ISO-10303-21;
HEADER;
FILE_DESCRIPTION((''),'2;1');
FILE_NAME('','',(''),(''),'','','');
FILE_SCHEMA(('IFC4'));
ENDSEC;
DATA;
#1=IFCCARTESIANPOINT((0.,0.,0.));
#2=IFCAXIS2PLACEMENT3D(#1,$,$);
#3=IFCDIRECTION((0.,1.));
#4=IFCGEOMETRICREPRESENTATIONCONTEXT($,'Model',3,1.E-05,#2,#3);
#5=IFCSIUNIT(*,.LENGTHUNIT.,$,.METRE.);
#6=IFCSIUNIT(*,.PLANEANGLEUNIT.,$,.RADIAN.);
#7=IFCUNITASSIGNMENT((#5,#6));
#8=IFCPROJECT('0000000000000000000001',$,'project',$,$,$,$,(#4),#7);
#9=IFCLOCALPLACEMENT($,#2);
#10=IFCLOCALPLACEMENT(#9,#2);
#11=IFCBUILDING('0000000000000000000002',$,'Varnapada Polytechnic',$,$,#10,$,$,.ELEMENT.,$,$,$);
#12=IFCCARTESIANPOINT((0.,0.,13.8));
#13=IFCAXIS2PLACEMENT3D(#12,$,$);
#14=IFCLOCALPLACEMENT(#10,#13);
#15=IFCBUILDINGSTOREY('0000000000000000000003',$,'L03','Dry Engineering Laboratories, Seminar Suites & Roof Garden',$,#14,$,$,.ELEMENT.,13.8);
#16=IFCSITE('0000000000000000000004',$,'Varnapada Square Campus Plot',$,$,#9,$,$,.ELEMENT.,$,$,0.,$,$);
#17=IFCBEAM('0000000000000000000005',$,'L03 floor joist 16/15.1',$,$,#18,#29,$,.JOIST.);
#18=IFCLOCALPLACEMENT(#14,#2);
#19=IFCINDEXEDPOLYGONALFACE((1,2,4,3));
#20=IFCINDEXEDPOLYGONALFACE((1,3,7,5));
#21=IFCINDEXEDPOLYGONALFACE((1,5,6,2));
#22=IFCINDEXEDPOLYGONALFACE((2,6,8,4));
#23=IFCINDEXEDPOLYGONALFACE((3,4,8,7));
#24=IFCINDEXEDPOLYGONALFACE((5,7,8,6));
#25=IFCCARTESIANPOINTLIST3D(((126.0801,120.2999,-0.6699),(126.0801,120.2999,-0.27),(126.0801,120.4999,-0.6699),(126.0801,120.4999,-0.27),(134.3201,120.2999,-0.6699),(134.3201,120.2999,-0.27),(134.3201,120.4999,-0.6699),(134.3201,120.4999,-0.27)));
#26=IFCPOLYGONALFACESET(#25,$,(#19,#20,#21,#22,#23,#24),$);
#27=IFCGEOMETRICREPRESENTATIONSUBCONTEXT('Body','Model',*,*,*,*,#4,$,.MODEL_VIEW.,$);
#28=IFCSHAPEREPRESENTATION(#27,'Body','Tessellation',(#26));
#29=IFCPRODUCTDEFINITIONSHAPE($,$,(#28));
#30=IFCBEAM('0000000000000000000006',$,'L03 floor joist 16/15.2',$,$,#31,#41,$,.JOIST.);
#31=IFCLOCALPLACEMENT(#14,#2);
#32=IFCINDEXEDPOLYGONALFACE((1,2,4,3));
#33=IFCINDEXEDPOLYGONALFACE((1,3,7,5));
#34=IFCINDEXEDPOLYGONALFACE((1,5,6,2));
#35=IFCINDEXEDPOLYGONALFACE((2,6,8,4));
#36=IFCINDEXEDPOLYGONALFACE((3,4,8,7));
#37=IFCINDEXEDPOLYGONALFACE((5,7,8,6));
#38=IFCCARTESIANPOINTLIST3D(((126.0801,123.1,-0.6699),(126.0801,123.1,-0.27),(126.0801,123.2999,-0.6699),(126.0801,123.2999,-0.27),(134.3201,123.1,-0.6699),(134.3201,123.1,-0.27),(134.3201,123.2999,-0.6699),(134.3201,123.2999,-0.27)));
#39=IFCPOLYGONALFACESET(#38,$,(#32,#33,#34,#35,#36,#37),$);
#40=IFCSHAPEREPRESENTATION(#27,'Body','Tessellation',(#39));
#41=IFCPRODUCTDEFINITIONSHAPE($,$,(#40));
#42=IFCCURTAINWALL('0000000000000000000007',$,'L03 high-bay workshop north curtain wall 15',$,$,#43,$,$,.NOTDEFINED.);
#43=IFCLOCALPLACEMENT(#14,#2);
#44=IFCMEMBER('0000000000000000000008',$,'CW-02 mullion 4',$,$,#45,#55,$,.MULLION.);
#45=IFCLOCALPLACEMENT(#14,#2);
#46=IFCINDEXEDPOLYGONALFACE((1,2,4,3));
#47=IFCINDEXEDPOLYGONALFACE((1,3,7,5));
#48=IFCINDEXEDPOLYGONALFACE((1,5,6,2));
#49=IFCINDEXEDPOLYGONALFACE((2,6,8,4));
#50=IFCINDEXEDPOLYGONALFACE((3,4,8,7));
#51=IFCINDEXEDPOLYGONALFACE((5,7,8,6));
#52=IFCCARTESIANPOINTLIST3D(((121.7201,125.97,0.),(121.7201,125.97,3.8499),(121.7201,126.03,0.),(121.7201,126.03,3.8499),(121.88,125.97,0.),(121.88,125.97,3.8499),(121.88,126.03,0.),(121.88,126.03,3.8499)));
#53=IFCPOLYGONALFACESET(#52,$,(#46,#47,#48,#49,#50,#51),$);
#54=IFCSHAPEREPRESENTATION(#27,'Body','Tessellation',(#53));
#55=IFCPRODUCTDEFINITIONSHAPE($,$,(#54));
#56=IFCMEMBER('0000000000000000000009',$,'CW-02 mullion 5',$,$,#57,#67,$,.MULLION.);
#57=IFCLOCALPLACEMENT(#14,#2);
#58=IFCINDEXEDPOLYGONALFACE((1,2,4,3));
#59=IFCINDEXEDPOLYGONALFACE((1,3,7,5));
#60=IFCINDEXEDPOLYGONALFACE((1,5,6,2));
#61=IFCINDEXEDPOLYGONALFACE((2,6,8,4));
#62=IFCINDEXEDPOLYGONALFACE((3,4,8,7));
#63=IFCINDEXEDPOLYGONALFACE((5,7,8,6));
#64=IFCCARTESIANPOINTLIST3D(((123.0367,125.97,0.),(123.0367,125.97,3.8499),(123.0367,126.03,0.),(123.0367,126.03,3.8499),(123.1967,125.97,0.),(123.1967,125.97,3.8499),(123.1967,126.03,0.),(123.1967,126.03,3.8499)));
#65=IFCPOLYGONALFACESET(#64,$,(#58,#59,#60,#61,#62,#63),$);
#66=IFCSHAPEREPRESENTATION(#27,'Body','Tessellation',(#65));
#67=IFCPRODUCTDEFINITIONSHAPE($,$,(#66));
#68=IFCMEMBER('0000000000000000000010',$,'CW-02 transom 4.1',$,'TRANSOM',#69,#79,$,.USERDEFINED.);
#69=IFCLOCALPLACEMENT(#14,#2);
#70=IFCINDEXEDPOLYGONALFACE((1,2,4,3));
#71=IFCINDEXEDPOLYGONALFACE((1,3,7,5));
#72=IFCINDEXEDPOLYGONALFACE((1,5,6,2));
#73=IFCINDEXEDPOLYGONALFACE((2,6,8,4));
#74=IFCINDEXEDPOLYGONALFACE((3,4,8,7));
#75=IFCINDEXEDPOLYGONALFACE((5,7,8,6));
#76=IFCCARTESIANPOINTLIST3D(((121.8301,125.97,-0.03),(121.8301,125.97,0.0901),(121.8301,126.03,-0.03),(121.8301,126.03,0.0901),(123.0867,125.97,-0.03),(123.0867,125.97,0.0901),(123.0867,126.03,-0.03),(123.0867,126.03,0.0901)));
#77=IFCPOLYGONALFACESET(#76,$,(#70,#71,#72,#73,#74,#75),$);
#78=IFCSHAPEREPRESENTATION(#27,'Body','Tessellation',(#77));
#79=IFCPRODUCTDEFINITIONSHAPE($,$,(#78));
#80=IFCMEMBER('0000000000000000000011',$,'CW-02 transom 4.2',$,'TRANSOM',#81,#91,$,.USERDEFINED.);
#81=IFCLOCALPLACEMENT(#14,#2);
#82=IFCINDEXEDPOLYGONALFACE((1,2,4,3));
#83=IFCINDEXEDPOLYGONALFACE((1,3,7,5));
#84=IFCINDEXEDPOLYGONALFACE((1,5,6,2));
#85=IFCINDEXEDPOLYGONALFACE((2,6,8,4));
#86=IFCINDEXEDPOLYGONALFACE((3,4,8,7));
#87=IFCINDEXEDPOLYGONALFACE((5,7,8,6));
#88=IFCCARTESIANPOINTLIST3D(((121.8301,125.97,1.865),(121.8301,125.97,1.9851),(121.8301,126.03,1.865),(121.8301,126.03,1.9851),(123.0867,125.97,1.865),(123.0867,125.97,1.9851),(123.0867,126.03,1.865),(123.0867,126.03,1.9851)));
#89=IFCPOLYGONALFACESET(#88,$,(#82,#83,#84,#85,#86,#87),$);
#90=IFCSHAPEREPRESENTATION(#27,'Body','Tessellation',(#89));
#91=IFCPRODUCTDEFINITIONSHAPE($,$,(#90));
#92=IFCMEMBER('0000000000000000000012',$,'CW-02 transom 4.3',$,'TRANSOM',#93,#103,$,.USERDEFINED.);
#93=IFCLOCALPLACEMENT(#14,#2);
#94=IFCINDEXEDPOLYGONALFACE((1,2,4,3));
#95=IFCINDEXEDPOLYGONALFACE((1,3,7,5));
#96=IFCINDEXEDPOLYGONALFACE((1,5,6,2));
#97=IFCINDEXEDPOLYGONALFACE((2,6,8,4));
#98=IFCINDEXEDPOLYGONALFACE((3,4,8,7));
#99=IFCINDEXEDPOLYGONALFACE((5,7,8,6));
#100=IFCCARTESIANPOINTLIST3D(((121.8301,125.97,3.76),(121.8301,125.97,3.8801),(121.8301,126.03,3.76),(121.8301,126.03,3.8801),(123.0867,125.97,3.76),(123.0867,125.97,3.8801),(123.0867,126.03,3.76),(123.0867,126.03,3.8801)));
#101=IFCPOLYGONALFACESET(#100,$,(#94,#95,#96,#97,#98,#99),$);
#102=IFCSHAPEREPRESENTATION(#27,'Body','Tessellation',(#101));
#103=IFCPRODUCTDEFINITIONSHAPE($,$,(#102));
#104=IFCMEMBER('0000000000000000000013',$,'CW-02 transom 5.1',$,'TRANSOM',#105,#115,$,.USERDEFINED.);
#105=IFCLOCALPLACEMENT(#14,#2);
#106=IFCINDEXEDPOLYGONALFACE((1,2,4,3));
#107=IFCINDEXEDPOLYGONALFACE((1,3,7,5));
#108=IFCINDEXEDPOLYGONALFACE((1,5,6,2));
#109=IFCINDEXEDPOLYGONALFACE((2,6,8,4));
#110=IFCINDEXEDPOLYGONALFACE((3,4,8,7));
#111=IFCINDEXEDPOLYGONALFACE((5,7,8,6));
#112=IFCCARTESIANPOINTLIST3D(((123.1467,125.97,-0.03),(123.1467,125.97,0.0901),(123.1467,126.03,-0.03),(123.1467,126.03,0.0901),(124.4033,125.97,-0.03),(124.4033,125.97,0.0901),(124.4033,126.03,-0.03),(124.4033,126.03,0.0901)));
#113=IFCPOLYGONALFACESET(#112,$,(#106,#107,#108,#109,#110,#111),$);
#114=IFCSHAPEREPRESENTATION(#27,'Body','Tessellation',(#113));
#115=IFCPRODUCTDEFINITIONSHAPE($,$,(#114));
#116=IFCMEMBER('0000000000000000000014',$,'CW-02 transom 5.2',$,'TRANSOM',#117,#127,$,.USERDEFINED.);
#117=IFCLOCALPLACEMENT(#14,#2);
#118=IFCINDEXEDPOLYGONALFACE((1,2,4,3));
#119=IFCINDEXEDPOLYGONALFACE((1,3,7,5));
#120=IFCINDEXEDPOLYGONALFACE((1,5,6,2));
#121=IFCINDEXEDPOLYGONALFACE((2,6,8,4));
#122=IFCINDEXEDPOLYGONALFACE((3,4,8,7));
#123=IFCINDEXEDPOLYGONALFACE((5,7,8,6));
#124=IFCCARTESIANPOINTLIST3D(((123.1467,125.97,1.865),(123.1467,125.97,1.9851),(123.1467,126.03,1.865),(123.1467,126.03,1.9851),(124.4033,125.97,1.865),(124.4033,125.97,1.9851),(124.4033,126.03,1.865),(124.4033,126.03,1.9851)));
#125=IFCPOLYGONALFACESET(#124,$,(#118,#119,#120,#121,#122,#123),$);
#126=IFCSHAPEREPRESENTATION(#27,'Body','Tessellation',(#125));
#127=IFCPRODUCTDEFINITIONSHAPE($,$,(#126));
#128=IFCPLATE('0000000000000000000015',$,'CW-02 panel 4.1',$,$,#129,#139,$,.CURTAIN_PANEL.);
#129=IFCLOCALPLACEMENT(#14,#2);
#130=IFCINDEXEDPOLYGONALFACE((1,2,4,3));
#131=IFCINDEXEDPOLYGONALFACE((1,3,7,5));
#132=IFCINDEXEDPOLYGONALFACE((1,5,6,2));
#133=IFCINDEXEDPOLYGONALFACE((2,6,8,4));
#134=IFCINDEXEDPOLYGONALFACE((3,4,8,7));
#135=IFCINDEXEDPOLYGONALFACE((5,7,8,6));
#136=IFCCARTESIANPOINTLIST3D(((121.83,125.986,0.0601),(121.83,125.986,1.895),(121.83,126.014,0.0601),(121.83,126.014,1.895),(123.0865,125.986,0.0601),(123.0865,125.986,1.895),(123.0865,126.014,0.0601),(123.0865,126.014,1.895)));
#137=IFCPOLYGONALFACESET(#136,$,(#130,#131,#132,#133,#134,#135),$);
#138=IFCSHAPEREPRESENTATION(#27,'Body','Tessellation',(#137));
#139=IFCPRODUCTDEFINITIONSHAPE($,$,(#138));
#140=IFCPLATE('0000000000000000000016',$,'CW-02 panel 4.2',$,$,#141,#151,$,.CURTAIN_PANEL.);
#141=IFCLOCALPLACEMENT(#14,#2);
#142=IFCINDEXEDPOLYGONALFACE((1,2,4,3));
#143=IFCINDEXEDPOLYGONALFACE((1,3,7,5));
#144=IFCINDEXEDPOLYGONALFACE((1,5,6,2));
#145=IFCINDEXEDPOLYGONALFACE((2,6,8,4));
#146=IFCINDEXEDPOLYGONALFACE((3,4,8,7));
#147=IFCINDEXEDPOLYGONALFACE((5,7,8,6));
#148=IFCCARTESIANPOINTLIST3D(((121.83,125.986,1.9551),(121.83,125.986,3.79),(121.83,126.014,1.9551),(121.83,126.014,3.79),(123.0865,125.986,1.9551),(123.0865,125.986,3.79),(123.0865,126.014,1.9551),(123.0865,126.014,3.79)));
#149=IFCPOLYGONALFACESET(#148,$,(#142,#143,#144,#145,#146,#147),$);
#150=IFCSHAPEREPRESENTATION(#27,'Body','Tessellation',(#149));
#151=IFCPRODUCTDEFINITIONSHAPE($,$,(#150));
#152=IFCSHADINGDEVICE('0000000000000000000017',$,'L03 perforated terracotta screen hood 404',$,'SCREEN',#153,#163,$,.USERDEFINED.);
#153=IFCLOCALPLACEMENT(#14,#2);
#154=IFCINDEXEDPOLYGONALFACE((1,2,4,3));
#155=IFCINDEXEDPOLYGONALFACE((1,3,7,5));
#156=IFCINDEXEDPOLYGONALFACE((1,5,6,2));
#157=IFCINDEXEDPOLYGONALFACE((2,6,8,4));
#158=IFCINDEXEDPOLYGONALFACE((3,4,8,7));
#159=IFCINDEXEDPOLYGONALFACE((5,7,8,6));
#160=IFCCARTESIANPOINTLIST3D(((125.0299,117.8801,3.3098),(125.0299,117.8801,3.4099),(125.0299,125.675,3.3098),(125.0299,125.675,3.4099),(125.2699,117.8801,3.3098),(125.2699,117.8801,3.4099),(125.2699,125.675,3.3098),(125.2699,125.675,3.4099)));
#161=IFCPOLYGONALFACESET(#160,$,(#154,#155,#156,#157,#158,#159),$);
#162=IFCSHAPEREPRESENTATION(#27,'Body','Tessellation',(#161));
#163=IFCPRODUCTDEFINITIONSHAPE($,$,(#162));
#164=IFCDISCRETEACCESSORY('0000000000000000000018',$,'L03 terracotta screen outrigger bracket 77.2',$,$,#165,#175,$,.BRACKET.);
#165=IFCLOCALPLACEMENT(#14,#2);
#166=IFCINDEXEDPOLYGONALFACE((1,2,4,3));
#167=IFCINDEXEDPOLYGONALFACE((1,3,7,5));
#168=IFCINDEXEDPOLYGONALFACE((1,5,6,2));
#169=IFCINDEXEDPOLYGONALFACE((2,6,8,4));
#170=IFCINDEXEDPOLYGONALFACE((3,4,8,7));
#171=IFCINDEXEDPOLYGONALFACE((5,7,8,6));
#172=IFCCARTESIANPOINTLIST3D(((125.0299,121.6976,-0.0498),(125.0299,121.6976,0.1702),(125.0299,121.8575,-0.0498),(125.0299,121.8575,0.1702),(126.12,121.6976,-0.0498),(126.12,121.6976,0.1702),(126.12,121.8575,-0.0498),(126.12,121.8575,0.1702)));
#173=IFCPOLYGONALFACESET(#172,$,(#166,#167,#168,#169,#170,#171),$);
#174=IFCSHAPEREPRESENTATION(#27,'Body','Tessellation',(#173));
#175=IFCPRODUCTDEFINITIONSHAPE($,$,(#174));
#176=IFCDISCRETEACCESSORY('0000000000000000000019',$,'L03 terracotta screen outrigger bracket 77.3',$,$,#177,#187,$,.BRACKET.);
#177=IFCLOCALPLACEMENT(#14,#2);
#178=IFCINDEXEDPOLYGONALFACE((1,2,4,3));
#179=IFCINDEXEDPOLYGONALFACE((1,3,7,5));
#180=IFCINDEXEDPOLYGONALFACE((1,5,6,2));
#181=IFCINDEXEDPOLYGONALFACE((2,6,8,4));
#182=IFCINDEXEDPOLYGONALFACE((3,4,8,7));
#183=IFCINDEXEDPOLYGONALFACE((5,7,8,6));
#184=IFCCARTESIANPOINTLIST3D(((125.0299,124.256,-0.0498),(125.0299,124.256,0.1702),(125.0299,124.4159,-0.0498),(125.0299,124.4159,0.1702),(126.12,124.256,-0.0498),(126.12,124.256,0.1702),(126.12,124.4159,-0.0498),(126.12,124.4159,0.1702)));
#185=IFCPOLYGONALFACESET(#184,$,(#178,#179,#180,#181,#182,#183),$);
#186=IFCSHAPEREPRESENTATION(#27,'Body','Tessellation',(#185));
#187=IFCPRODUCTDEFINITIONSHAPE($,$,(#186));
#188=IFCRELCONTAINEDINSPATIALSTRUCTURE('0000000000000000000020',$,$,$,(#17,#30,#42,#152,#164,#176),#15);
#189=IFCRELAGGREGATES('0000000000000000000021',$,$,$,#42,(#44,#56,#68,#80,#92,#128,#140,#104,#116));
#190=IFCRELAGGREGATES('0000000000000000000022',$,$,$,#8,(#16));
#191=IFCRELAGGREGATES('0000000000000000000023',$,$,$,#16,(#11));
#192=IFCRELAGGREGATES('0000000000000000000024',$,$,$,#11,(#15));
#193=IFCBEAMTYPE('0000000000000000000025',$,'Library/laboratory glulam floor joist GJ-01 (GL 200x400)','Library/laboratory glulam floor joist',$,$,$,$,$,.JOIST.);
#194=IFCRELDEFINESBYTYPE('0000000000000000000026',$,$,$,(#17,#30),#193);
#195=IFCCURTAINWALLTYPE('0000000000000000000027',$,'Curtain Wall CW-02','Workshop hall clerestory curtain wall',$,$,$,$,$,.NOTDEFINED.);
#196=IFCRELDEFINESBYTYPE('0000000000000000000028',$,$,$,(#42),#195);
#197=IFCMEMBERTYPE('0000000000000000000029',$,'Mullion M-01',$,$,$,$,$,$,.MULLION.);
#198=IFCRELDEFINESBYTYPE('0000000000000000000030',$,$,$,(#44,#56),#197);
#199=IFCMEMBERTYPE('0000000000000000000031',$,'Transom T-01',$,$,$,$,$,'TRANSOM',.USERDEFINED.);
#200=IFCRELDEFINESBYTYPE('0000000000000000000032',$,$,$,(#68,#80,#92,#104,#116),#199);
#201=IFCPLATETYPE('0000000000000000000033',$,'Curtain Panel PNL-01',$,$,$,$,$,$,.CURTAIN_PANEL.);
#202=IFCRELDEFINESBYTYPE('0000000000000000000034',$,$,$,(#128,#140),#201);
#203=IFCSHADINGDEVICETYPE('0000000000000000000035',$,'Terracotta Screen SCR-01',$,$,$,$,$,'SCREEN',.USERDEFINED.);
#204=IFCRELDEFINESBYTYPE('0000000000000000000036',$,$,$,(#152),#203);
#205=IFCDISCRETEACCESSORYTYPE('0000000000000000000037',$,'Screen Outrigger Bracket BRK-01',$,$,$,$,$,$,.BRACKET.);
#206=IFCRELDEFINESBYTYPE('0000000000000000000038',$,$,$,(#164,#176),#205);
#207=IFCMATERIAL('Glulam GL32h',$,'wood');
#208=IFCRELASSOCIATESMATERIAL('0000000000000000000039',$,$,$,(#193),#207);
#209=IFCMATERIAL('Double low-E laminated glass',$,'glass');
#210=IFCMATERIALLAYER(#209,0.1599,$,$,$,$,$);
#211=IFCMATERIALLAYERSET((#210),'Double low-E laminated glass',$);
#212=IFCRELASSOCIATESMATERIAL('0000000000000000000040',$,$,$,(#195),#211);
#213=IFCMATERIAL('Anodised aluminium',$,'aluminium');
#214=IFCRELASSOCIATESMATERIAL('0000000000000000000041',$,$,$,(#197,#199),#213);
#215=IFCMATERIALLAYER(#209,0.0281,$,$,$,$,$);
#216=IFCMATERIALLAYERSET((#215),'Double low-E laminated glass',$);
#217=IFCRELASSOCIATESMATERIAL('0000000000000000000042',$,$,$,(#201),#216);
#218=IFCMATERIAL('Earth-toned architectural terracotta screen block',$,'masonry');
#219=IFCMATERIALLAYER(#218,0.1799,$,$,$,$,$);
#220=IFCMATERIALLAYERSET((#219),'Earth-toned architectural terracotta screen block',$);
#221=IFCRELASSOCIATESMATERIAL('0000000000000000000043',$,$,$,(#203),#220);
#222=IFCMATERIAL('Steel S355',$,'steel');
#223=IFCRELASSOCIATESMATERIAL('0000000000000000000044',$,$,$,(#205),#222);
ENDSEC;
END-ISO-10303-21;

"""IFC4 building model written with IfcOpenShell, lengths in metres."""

from ifc_helpers import new_model, si_unit, direction, frame, origin, origin_2d, place, context, subcontext, project, spatial, rectangle, extrude, material, layer, layer_set, material_profile, profile_set, type_object, element, aggregate, save


model = new_model("IFC4")

# Units and contexts
model_context = context("Model", 3, precision=1e-05, world=origin(), true_north=direction((0.0, 1.0)))
body_context = subcontext(model_context, "Body", "Model", "MODEL_VIEW")
ifc_project = project(units=[si_unit("LENGTHUNIT", "METRE"), si_unit("PLANEANGLEUNIT", "RADIAN")], contexts=[model_context])

# Site, building, storey
site_placement = place(None, origin())
site = spatial("IfcSite", under=ifc_project, at=site_placement, Name="Varnapada Square Campus Plot", CompositionType="ELEMENT", RefElevation=0.0)
building_placement = place(site_placement, origin())
building = spatial("IfcBuilding", under=site, at=building_placement, Name="Varnapada Polytechnic", CompositionType="ELEMENT")
storey_placement = place(building_placement, frame((0.0, 0.0, 13.8)))
storey = spatial("IfcBuildingStorey", under=building, at=storey_placement, Name="L03", Description="Dry Engineering Laboratories, Seminar Suites & Roof Garden", CompositionType="ELEMENT", Elevation=13.8)

# Beams
ifc_material_1 = material(Name="Glulam GL32h", Category="wood")
ifc_material_profile_1 = material_profile(ifc_material_1, rectangle(XDim=0.2, YDim=0.3999, at=origin_2d()), Name="GL 200x400")
ifc_profile_set_1 = profile_set([ifc_material_profile_1], Name="Glulam GL32h")
beam_type = type_object("IfcBeamType", Name="Library/laboratory glulam floor joist GJ-01 (GL 200x400)", Description="Library/laboratory glulam floor joist", PredefinedType="JOIST", material=ifc_profile_set_1)
for number, where, z_axis, x_axis, name in (
    (1, (126.0801, 120.3999, -0.47), (1.0, 0.0, 0.0), (0.0, 1.0, 0.0), "L03 floor joist 16/15.1"),
    (2, (126.0801, 123.2, -0.47), (1.0, 0.0, 0.0), (0.0, 1.0, 0.0), "L03 floor joist 16/15.2"),
):
    element("IfcBeam", number, at=place(storey_placement, frame(where, z_axis=z_axis, x_axis=x_axis)), inside=storey, type_object=beam_type, Name=name, PredefinedType="JOIST", context=body_context, shape_type="SweptSolid", body=[
        extrude(rectangle(XDim=0.2, YDim=0.3999, at=origin_2d()), origin(), (0.0, 0.0, 1.0), 8.24),
    ])

# Curtain wall, members, plates
ifc_material_2 = material(Name="Double low-E laminated glass", Category="glass")
ifc_layer_1 = layer(ifc_material_2, 0.1599)
ifc_layer_set_1 = layer_set([ifc_layer_1], Name="Double low-E laminated glass")
curtain_wall_type = type_object("IfcCurtainWallType", Name="Curtain Wall CW-02", Description="Workshop hall clerestory curtain wall", PredefinedType="NOTDEFINED", material=ifc_layer_set_1)
curtain_wall_placement = place(storey_placement, origin())
curtain_wall = element("IfcCurtainWall", 3, at=curtain_wall_placement, inside=storey, type_object=curtain_wall_type, Name="L03 high-bay workshop north curtain wall 15", PredefinedType="NOTDEFINED")
ifc_material_3 = material(Name="Anodised aluminium", Category="aluminium")
ifc_material_profile_2 = material_profile(ifc_material_3, rectangle(XDim=0.0601, YDim=0.1599, at=origin_2d()), Name="ALU M60x160")
ifc_profile_set_2 = profile_set([ifc_material_profile_2], Name="Anodised aluminium")
member_type_1 = type_object("IfcMemberType", Name="Mullion M-01", PredefinedType="MULLION", material=ifc_profile_set_2)
member_1_placement = place(storey_placement, frame((121.8, 126.0, 0.0), z_axis=(0.0, 0.0, 1.0), x_axis=(0.0, 1.0, 0.0)))
member_1 = element("IfcMember", 4, at=member_1_placement, type_object=member_type_1, Name="CW-02 mullion 4", PredefinedType="MULLION", context=body_context, shape_type="SweptSolid", body=[
    extrude(rectangle(XDim=0.0601, YDim=0.1599, at=origin_2d()), origin(), (0.0, 0.0, 1.0), 3.8499),
])
member_2_placement = place(storey_placement, frame((123.1167, 126.0, 0.0), z_axis=(0.0, 0.0, 1.0), x_axis=(0.0, 1.0, 0.0)))
member_2 = element("IfcMember", 5, at=member_2_placement, type_object=member_type_1, Name="CW-02 mullion 5", PredefinedType="MULLION", context=body_context, shape_type="SweptSolid", body=[
    extrude(rectangle(XDim=0.0601, YDim=0.1599, at=origin_2d()), origin(), (0.0, 0.0, 1.0), 3.8499),
])
ifc_material_profile_3 = material_profile(ifc_material_3, rectangle(XDim=0.0601, YDim=0.1201, at=origin_2d()), Name="ALU T60x120")
ifc_profile_set_3 = profile_set([ifc_material_profile_3], Name="Anodised aluminium")
member_type_2 = type_object("IfcMemberType", Name="Transom T-01", ElementType="TRANSOM", PredefinedType="USERDEFINED", material=ifc_profile_set_3)
member_3_placement = place(storey_placement, frame((121.8301, 126.0, 0.03), z_axis=(1.0, 0.0, 0.0), x_axis=(0.0, 1.0, 0.0)))
member_3 = element("IfcMember", 6, at=member_3_placement, type_object=member_type_2, Name="CW-02 transom 4.1", ObjectType="TRANSOM", PredefinedType="USERDEFINED", context=body_context, shape_type="SweptSolid", body=[
    extrude(rectangle(XDim=0.0601, YDim=0.1201, at=origin_2d()), origin(), (0.0, 0.0, 1.0), 1.2566),
])
member_4_placement = place(storey_placement, frame((121.8301, 126.0, 1.925), z_axis=(1.0, 0.0, 0.0), x_axis=(0.0, 1.0, 0.0)))
member_4 = element("IfcMember", 7, at=member_4_placement, type_object=member_type_2, Name="CW-02 transom 4.2", ObjectType="TRANSOM", PredefinedType="USERDEFINED", context=body_context, shape_type="SweptSolid", body=[
    extrude(rectangle(XDim=0.0601, YDim=0.1201, at=origin_2d()), origin(), (0.0, 0.0, 1.0), 1.2566),
])
member_5_placement = place(storey_placement, frame((121.8301, 126.0, 3.8201), z_axis=(1.0, 0.0, 0.0), x_axis=(0.0, 1.0, 0.0)))
member_5 = element("IfcMember", 8, at=member_5_placement, type_object=member_type_2, Name="CW-02 transom 4.3", ObjectType="TRANSOM", PredefinedType="USERDEFINED", context=body_context, shape_type="SweptSolid", body=[
    extrude(rectangle(XDim=0.0601, YDim=0.1201, at=origin_2d()), origin(), (0.0, 0.0, 1.0), 1.2566),
])
member_6_placement = place(storey_placement, frame((123.1467, 126.0, 0.03), z_axis=(1.0, 0.0, 0.0), x_axis=(0.0, 1.0, 0.0)))
member_6 = element("IfcMember", 9, at=member_6_placement, type_object=member_type_2, Name="CW-02 transom 5.1", ObjectType="TRANSOM", PredefinedType="USERDEFINED", context=body_context, shape_type="SweptSolid", body=[
    extrude(rectangle(XDim=0.0601, YDim=0.1201, at=origin_2d()), origin(), (0.0, 0.0, 1.0), 1.2566),
])
member_7_placement = place(storey_placement, frame((123.1467, 126.0, 1.925), z_axis=(1.0, 0.0, 0.0), x_axis=(0.0, 1.0, 0.0)))
member_7 = element("IfcMember", 10, at=member_7_placement, type_object=member_type_2, Name="CW-02 transom 5.2", ObjectType="TRANSOM", PredefinedType="USERDEFINED", context=body_context, shape_type="SweptSolid", body=[
    extrude(rectangle(XDim=0.0601, YDim=0.1201, at=origin_2d()), origin(), (0.0, 0.0, 1.0), 1.2566),
])
ifc_layer_2 = layer(ifc_material_2, 0.0281)
ifc_layer_set_2 = layer_set([ifc_layer_2], Name="Double low-E laminated glass")
plate_type = type_object("IfcPlateType", Name="Curtain Panel PNL-01", PredefinedType="CURTAIN_PANEL", material=ifc_layer_set_2)
plate_1_placement = place(storey_placement, frame((122.4583, 126.0, 0.0601), z_axis=(0.0, 0.0, 1.0), x_axis=(1.0, 0.0, 0.0)))
plate_1 = element("IfcPlate", 11, at=plate_1_placement, type_object=plate_type, Name="CW-02 panel 4.1", PredefinedType="CURTAIN_PANEL", context=body_context, shape_type="SweptSolid", body=[
    extrude(rectangle(XDim=1.2566, YDim=0.0281, at=origin_2d()), origin(), (0.0, 0.0, 1.0), 1.835),
])
plate_2_placement = place(storey_placement, frame((122.4583, 126.0, 1.9551), z_axis=(0.0, 0.0, 1.0), x_axis=(1.0, 0.0, 0.0)))
plate_2 = element("IfcPlate", 12, at=plate_2_placement, type_object=plate_type, Name="CW-02 panel 4.2", PredefinedType="CURTAIN_PANEL", context=body_context, shape_type="SweptSolid", body=[
    extrude(rectangle(XDim=1.2566, YDim=0.0281, at=origin_2d()), origin(), (0.0, 0.0, 1.0), 1.835),
])
aggregate(curtain_wall, [member_1, member_2, member_3, member_4, member_5, plate_1, plate_2, member_6, member_7])

# Shading device
ifc_material_4 = material(Name="Earth-toned architectural terracotta screen block", Category="masonry")
ifc_layer_3 = layer(ifc_material_4, 0.1799)
ifc_layer_set_3 = layer_set([ifc_layer_3], Name="Earth-toned architectural terracotta screen block")
shading_device_type = type_object("IfcShadingDeviceType", Name="Terracotta Screen SCR-01", ElementType="SCREEN", PredefinedType="USERDEFINED", material=ifc_layer_set_3)
shading_device_placement = place(storey_placement, frame((125.1499, 121.7776, 3.3098), z_axis=(0.0, 0.0, 1.0), x_axis=(0.0, 1.0, 0.0)))
element("IfcShadingDevice", 13, at=shading_device_placement, inside=storey, type_object=shading_device_type, Name="L03 perforated terracotta screen hood 404", ObjectType="SCREEN", PredefinedType="USERDEFINED", context=body_context, shape_type="SweptSolid", body=[
    extrude(rectangle(XDim=7.7949, YDim=0.24, at=origin_2d()), origin(), (0.0, 0.0, 1.0), 0.1001),
])

# Discrete accessories
ifc_material_5 = material(Name="Steel S355", Category="steel")
discrete_accessory_type = type_object("IfcDiscreteAccessoryType", Name="Screen Outrigger Bracket BRK-01", PredefinedType="BRACKET", material=ifc_material_5)
for number, where, z_axis, x_axis, name in (
    (14, (125.575, 121.7776, -0.0498), (0.0, 0.0, 1.0), (0.0, 1.0, 0.0), "L03 terracotta screen outrigger bracket 77.2"),
    (15, (125.575, 124.3359, -0.0498), (0.0, 0.0, 1.0), (0.0, 1.0, 0.0), "L03 terracotta screen outrigger bracket 77.3"),
):
    element("IfcDiscreteAccessory", number, at=place(storey_placement, frame(where, z_axis=z_axis, x_axis=x_axis)), inside=storey, type_object=discrete_accessory_type, Name=name, PredefinedType="BRACKET", context=body_context, shape_type="SweptSolid", body=[
        extrude(rectangle(XDim=0.1599, YDim=1.0901, at=origin_2d()), origin(), (0.0, 0.0, 1.0), 0.22),
    ])

save(model, "model.ifc")
